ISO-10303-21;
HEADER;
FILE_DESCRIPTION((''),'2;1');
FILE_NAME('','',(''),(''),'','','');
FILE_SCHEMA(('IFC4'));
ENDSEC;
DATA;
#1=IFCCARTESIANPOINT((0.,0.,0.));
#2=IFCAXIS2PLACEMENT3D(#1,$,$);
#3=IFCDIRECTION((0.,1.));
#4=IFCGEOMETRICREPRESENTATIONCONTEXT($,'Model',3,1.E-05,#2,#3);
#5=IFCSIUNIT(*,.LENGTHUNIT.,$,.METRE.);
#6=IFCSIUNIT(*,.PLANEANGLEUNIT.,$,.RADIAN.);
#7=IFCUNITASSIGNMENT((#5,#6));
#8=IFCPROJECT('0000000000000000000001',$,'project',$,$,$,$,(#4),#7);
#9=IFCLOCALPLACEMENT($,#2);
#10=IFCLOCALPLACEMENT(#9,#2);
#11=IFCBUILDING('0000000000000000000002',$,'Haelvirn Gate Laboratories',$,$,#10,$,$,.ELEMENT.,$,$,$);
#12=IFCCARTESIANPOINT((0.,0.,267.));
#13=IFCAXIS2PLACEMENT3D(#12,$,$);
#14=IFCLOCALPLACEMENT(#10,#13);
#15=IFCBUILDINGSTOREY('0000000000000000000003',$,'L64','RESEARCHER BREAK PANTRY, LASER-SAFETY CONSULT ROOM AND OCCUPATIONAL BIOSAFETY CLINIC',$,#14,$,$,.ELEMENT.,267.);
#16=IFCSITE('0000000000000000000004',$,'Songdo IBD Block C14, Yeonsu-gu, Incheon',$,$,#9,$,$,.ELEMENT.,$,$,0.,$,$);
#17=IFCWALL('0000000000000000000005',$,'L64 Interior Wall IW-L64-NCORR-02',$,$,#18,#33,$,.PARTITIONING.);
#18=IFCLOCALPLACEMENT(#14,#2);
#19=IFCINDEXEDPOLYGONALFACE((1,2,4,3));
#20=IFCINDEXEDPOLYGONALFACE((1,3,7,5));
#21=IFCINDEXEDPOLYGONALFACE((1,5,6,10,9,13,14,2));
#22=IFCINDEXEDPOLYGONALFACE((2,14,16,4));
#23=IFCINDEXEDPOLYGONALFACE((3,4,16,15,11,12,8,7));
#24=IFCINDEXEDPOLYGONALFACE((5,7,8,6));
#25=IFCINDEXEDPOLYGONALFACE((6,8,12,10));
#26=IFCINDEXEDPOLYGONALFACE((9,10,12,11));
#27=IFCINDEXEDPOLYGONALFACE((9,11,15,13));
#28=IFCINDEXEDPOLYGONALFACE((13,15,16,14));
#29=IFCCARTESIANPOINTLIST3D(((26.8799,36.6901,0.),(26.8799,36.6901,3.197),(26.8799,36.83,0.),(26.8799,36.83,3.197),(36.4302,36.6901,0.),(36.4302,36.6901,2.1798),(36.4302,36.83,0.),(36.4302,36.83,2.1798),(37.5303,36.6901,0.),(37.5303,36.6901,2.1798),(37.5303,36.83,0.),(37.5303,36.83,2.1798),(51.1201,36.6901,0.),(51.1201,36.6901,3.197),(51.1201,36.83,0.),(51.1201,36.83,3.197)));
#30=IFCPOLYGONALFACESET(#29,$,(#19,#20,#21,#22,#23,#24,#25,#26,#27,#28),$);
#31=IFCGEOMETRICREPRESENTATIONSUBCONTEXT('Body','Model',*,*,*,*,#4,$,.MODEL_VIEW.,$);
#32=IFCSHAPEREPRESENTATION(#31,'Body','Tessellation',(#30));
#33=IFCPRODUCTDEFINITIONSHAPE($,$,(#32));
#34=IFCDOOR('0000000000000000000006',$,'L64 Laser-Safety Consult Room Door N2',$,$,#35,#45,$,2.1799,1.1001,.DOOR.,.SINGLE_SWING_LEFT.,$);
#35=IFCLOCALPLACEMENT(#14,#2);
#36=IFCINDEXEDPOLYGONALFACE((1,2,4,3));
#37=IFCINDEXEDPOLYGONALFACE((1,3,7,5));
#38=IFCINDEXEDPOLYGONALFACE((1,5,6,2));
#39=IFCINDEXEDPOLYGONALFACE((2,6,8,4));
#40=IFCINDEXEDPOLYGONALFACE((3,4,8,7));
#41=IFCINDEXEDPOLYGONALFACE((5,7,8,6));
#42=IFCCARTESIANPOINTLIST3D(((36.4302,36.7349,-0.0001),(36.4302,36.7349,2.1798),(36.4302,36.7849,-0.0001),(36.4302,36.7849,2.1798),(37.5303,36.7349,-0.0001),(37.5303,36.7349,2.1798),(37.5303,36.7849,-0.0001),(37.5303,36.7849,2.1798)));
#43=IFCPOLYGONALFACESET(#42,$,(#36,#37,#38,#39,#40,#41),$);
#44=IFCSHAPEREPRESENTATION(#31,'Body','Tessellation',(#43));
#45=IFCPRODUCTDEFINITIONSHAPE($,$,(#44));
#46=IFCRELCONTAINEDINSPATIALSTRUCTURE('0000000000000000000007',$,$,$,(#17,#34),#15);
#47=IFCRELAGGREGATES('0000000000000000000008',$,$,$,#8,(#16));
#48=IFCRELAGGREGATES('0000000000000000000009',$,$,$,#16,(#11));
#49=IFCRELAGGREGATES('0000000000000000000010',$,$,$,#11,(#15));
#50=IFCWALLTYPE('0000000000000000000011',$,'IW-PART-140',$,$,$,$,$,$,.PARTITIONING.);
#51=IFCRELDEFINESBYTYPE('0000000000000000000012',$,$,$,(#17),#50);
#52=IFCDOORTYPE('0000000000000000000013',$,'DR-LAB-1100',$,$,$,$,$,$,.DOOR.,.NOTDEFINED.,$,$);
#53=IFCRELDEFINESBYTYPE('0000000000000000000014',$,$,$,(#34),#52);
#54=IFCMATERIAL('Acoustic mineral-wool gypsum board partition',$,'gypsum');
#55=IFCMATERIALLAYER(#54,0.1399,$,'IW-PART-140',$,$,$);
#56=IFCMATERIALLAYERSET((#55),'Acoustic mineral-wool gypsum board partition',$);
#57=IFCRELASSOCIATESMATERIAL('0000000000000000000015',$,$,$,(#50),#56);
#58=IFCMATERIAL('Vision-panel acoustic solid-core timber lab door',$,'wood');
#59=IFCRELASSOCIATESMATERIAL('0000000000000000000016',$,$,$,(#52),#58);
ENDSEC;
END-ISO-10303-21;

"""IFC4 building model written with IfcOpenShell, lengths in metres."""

from ifc_helpers import new_model, si_unit, direction, frame, frame_2d, origin, place, context, subcontext, project, spatial, rectangle, extrude, source, transform, mapped, material, layer, layer_set, type_object, type_shapes, element, fill, save


model = new_model("IFC4")

# Units and contexts
model_context = context("Model", 3, precision=1e-05, world=origin(), true_north=direction((0.0, 1.0)))
body_context = subcontext(model_context, "Body", "Model", "MODEL_VIEW")
ifc_project = project(units=[si_unit("LENGTHUNIT", "METRE"), si_unit("PLANEANGLEUNIT", "RADIAN")], contexts=[model_context])

# Site, building, storey
site_placement = place(None, origin())
site = spatial("IfcSite", under=ifc_project, at=site_placement, Name="Songdo IBD Block C14, Yeonsu-gu, Incheon", CompositionType="ELEMENT", RefElevation=0.0)
building_placement = place(site_placement, origin())
building = spatial("IfcBuilding", under=site, at=building_placement, Name="Haelvirn Gate Laboratories", CompositionType="ELEMENT")
storey_placement = place(building_placement, frame((0.0, 0.0, 267.0)))
storey = spatial("IfcBuildingStorey", under=building, at=storey_placement, Name="L64", Description="RESEARCHER BREAK PANTRY, LASER-SAFETY CONSULT ROOM AND OCCUPATIONAL BIOSAFETY CLINIC", CompositionType="ELEMENT", Elevation=267.0)

# Wall, opening, door
ifc_material_1 = material(Name="Acoustic mineral-wool gypsum board partition", Category="gypsum")
ifc_layer_1 = layer(ifc_material_1, 0.1399, Name="IW-PART-140")
ifc_layer_set_1 = layer_set([ifc_layer_1], Name="Acoustic mineral-wool gypsum board partition")
wall_type_1 = type_object("IfcWallType", Name="IW-PART-140", PredefinedType="PARTITIONING", material=ifc_layer_set_1)
wall_1_placement = place(storey_placement, frame((26.8799, 36.76, 0.0), z_axis=(0.0, 0.0, 1.0), x_axis=(1.0, 0.0, 0.0)))
wall_1 = element("IfcWall", 1, at=wall_1_placement, inside=storey, type_object=wall_type_1, Name="L64 Interior Wall IW-L64-NCORR-02", PredefinedType="PARTITIONING", context=body_context, shape_type="SweptSolid", body=[
    extrude(rectangle(XDim=24.2402, YDim=0.1399, at=frame_2d((12.1201, 0.0))), origin(), (0.0, 0.0, 1.0), 3.197),
])
opening_placement = place(wall_1_placement, frame((9.5503, 0.0, 0.0)))
opening = element("IfcOpeningElement", 2, at=opening_placement, cuts=wall_1, PredefinedType="OPENING", context=body_context, shape_type="SweptSolid", body=[
    extrude(rectangle(XDim=1.1001, YDim=2.1799, at=frame_2d((0.55, 1.0898))), frame((0.0, 0.0801, 0.0), z_axis=(0.0, -1.0, 0.0), x_axis=(1.0, 0.0, 0.0)), (0.0, 0.0, 1.0), 0.1599),
])
ifc_material_2 = material(Name="Vision-panel acoustic solid-core timber lab door", Category="wood")
door_type = type_object("IfcDoorType", Name="DR-LAB-1100", OperationType="NOTDEFINED", PredefinedType="DOOR", material=ifc_material_2)
shared_shape_1 = source(origin(), body_context, "Body", "SweptSolid", [
    extrude(rectangle(XDim=1.1001, YDim=2.1799, at=frame_2d((0.55, 1.0898))), frame((0.0, 0.0249, 0.0), z_axis=(0.0, -1.0, 0.0), x_axis=(1.0, 0.0, 0.0)), (0.0, 0.0, 1.0), 0.05),
])
type_shapes(door_type, [shared_shape_1])
door_placement = place(opening_placement, origin())
door = element("IfcDoor", 3, at=door_placement, inside=storey, type_object=door_type, Name="L64 Laser-Safety Consult Room Door N2", OperationType="SINGLE_SWING_LEFT", OverallHeight=2.1799, OverallWidth=1.1001, PredefinedType="DOOR", context=body_context, shape_type="MappedRepresentation", body=[
    mapped(shared_shape_1, transform((0.0, 0.0, 0.0), scale=1.0)),
])
fill(opening, door)

save(model, "model.ifc")
